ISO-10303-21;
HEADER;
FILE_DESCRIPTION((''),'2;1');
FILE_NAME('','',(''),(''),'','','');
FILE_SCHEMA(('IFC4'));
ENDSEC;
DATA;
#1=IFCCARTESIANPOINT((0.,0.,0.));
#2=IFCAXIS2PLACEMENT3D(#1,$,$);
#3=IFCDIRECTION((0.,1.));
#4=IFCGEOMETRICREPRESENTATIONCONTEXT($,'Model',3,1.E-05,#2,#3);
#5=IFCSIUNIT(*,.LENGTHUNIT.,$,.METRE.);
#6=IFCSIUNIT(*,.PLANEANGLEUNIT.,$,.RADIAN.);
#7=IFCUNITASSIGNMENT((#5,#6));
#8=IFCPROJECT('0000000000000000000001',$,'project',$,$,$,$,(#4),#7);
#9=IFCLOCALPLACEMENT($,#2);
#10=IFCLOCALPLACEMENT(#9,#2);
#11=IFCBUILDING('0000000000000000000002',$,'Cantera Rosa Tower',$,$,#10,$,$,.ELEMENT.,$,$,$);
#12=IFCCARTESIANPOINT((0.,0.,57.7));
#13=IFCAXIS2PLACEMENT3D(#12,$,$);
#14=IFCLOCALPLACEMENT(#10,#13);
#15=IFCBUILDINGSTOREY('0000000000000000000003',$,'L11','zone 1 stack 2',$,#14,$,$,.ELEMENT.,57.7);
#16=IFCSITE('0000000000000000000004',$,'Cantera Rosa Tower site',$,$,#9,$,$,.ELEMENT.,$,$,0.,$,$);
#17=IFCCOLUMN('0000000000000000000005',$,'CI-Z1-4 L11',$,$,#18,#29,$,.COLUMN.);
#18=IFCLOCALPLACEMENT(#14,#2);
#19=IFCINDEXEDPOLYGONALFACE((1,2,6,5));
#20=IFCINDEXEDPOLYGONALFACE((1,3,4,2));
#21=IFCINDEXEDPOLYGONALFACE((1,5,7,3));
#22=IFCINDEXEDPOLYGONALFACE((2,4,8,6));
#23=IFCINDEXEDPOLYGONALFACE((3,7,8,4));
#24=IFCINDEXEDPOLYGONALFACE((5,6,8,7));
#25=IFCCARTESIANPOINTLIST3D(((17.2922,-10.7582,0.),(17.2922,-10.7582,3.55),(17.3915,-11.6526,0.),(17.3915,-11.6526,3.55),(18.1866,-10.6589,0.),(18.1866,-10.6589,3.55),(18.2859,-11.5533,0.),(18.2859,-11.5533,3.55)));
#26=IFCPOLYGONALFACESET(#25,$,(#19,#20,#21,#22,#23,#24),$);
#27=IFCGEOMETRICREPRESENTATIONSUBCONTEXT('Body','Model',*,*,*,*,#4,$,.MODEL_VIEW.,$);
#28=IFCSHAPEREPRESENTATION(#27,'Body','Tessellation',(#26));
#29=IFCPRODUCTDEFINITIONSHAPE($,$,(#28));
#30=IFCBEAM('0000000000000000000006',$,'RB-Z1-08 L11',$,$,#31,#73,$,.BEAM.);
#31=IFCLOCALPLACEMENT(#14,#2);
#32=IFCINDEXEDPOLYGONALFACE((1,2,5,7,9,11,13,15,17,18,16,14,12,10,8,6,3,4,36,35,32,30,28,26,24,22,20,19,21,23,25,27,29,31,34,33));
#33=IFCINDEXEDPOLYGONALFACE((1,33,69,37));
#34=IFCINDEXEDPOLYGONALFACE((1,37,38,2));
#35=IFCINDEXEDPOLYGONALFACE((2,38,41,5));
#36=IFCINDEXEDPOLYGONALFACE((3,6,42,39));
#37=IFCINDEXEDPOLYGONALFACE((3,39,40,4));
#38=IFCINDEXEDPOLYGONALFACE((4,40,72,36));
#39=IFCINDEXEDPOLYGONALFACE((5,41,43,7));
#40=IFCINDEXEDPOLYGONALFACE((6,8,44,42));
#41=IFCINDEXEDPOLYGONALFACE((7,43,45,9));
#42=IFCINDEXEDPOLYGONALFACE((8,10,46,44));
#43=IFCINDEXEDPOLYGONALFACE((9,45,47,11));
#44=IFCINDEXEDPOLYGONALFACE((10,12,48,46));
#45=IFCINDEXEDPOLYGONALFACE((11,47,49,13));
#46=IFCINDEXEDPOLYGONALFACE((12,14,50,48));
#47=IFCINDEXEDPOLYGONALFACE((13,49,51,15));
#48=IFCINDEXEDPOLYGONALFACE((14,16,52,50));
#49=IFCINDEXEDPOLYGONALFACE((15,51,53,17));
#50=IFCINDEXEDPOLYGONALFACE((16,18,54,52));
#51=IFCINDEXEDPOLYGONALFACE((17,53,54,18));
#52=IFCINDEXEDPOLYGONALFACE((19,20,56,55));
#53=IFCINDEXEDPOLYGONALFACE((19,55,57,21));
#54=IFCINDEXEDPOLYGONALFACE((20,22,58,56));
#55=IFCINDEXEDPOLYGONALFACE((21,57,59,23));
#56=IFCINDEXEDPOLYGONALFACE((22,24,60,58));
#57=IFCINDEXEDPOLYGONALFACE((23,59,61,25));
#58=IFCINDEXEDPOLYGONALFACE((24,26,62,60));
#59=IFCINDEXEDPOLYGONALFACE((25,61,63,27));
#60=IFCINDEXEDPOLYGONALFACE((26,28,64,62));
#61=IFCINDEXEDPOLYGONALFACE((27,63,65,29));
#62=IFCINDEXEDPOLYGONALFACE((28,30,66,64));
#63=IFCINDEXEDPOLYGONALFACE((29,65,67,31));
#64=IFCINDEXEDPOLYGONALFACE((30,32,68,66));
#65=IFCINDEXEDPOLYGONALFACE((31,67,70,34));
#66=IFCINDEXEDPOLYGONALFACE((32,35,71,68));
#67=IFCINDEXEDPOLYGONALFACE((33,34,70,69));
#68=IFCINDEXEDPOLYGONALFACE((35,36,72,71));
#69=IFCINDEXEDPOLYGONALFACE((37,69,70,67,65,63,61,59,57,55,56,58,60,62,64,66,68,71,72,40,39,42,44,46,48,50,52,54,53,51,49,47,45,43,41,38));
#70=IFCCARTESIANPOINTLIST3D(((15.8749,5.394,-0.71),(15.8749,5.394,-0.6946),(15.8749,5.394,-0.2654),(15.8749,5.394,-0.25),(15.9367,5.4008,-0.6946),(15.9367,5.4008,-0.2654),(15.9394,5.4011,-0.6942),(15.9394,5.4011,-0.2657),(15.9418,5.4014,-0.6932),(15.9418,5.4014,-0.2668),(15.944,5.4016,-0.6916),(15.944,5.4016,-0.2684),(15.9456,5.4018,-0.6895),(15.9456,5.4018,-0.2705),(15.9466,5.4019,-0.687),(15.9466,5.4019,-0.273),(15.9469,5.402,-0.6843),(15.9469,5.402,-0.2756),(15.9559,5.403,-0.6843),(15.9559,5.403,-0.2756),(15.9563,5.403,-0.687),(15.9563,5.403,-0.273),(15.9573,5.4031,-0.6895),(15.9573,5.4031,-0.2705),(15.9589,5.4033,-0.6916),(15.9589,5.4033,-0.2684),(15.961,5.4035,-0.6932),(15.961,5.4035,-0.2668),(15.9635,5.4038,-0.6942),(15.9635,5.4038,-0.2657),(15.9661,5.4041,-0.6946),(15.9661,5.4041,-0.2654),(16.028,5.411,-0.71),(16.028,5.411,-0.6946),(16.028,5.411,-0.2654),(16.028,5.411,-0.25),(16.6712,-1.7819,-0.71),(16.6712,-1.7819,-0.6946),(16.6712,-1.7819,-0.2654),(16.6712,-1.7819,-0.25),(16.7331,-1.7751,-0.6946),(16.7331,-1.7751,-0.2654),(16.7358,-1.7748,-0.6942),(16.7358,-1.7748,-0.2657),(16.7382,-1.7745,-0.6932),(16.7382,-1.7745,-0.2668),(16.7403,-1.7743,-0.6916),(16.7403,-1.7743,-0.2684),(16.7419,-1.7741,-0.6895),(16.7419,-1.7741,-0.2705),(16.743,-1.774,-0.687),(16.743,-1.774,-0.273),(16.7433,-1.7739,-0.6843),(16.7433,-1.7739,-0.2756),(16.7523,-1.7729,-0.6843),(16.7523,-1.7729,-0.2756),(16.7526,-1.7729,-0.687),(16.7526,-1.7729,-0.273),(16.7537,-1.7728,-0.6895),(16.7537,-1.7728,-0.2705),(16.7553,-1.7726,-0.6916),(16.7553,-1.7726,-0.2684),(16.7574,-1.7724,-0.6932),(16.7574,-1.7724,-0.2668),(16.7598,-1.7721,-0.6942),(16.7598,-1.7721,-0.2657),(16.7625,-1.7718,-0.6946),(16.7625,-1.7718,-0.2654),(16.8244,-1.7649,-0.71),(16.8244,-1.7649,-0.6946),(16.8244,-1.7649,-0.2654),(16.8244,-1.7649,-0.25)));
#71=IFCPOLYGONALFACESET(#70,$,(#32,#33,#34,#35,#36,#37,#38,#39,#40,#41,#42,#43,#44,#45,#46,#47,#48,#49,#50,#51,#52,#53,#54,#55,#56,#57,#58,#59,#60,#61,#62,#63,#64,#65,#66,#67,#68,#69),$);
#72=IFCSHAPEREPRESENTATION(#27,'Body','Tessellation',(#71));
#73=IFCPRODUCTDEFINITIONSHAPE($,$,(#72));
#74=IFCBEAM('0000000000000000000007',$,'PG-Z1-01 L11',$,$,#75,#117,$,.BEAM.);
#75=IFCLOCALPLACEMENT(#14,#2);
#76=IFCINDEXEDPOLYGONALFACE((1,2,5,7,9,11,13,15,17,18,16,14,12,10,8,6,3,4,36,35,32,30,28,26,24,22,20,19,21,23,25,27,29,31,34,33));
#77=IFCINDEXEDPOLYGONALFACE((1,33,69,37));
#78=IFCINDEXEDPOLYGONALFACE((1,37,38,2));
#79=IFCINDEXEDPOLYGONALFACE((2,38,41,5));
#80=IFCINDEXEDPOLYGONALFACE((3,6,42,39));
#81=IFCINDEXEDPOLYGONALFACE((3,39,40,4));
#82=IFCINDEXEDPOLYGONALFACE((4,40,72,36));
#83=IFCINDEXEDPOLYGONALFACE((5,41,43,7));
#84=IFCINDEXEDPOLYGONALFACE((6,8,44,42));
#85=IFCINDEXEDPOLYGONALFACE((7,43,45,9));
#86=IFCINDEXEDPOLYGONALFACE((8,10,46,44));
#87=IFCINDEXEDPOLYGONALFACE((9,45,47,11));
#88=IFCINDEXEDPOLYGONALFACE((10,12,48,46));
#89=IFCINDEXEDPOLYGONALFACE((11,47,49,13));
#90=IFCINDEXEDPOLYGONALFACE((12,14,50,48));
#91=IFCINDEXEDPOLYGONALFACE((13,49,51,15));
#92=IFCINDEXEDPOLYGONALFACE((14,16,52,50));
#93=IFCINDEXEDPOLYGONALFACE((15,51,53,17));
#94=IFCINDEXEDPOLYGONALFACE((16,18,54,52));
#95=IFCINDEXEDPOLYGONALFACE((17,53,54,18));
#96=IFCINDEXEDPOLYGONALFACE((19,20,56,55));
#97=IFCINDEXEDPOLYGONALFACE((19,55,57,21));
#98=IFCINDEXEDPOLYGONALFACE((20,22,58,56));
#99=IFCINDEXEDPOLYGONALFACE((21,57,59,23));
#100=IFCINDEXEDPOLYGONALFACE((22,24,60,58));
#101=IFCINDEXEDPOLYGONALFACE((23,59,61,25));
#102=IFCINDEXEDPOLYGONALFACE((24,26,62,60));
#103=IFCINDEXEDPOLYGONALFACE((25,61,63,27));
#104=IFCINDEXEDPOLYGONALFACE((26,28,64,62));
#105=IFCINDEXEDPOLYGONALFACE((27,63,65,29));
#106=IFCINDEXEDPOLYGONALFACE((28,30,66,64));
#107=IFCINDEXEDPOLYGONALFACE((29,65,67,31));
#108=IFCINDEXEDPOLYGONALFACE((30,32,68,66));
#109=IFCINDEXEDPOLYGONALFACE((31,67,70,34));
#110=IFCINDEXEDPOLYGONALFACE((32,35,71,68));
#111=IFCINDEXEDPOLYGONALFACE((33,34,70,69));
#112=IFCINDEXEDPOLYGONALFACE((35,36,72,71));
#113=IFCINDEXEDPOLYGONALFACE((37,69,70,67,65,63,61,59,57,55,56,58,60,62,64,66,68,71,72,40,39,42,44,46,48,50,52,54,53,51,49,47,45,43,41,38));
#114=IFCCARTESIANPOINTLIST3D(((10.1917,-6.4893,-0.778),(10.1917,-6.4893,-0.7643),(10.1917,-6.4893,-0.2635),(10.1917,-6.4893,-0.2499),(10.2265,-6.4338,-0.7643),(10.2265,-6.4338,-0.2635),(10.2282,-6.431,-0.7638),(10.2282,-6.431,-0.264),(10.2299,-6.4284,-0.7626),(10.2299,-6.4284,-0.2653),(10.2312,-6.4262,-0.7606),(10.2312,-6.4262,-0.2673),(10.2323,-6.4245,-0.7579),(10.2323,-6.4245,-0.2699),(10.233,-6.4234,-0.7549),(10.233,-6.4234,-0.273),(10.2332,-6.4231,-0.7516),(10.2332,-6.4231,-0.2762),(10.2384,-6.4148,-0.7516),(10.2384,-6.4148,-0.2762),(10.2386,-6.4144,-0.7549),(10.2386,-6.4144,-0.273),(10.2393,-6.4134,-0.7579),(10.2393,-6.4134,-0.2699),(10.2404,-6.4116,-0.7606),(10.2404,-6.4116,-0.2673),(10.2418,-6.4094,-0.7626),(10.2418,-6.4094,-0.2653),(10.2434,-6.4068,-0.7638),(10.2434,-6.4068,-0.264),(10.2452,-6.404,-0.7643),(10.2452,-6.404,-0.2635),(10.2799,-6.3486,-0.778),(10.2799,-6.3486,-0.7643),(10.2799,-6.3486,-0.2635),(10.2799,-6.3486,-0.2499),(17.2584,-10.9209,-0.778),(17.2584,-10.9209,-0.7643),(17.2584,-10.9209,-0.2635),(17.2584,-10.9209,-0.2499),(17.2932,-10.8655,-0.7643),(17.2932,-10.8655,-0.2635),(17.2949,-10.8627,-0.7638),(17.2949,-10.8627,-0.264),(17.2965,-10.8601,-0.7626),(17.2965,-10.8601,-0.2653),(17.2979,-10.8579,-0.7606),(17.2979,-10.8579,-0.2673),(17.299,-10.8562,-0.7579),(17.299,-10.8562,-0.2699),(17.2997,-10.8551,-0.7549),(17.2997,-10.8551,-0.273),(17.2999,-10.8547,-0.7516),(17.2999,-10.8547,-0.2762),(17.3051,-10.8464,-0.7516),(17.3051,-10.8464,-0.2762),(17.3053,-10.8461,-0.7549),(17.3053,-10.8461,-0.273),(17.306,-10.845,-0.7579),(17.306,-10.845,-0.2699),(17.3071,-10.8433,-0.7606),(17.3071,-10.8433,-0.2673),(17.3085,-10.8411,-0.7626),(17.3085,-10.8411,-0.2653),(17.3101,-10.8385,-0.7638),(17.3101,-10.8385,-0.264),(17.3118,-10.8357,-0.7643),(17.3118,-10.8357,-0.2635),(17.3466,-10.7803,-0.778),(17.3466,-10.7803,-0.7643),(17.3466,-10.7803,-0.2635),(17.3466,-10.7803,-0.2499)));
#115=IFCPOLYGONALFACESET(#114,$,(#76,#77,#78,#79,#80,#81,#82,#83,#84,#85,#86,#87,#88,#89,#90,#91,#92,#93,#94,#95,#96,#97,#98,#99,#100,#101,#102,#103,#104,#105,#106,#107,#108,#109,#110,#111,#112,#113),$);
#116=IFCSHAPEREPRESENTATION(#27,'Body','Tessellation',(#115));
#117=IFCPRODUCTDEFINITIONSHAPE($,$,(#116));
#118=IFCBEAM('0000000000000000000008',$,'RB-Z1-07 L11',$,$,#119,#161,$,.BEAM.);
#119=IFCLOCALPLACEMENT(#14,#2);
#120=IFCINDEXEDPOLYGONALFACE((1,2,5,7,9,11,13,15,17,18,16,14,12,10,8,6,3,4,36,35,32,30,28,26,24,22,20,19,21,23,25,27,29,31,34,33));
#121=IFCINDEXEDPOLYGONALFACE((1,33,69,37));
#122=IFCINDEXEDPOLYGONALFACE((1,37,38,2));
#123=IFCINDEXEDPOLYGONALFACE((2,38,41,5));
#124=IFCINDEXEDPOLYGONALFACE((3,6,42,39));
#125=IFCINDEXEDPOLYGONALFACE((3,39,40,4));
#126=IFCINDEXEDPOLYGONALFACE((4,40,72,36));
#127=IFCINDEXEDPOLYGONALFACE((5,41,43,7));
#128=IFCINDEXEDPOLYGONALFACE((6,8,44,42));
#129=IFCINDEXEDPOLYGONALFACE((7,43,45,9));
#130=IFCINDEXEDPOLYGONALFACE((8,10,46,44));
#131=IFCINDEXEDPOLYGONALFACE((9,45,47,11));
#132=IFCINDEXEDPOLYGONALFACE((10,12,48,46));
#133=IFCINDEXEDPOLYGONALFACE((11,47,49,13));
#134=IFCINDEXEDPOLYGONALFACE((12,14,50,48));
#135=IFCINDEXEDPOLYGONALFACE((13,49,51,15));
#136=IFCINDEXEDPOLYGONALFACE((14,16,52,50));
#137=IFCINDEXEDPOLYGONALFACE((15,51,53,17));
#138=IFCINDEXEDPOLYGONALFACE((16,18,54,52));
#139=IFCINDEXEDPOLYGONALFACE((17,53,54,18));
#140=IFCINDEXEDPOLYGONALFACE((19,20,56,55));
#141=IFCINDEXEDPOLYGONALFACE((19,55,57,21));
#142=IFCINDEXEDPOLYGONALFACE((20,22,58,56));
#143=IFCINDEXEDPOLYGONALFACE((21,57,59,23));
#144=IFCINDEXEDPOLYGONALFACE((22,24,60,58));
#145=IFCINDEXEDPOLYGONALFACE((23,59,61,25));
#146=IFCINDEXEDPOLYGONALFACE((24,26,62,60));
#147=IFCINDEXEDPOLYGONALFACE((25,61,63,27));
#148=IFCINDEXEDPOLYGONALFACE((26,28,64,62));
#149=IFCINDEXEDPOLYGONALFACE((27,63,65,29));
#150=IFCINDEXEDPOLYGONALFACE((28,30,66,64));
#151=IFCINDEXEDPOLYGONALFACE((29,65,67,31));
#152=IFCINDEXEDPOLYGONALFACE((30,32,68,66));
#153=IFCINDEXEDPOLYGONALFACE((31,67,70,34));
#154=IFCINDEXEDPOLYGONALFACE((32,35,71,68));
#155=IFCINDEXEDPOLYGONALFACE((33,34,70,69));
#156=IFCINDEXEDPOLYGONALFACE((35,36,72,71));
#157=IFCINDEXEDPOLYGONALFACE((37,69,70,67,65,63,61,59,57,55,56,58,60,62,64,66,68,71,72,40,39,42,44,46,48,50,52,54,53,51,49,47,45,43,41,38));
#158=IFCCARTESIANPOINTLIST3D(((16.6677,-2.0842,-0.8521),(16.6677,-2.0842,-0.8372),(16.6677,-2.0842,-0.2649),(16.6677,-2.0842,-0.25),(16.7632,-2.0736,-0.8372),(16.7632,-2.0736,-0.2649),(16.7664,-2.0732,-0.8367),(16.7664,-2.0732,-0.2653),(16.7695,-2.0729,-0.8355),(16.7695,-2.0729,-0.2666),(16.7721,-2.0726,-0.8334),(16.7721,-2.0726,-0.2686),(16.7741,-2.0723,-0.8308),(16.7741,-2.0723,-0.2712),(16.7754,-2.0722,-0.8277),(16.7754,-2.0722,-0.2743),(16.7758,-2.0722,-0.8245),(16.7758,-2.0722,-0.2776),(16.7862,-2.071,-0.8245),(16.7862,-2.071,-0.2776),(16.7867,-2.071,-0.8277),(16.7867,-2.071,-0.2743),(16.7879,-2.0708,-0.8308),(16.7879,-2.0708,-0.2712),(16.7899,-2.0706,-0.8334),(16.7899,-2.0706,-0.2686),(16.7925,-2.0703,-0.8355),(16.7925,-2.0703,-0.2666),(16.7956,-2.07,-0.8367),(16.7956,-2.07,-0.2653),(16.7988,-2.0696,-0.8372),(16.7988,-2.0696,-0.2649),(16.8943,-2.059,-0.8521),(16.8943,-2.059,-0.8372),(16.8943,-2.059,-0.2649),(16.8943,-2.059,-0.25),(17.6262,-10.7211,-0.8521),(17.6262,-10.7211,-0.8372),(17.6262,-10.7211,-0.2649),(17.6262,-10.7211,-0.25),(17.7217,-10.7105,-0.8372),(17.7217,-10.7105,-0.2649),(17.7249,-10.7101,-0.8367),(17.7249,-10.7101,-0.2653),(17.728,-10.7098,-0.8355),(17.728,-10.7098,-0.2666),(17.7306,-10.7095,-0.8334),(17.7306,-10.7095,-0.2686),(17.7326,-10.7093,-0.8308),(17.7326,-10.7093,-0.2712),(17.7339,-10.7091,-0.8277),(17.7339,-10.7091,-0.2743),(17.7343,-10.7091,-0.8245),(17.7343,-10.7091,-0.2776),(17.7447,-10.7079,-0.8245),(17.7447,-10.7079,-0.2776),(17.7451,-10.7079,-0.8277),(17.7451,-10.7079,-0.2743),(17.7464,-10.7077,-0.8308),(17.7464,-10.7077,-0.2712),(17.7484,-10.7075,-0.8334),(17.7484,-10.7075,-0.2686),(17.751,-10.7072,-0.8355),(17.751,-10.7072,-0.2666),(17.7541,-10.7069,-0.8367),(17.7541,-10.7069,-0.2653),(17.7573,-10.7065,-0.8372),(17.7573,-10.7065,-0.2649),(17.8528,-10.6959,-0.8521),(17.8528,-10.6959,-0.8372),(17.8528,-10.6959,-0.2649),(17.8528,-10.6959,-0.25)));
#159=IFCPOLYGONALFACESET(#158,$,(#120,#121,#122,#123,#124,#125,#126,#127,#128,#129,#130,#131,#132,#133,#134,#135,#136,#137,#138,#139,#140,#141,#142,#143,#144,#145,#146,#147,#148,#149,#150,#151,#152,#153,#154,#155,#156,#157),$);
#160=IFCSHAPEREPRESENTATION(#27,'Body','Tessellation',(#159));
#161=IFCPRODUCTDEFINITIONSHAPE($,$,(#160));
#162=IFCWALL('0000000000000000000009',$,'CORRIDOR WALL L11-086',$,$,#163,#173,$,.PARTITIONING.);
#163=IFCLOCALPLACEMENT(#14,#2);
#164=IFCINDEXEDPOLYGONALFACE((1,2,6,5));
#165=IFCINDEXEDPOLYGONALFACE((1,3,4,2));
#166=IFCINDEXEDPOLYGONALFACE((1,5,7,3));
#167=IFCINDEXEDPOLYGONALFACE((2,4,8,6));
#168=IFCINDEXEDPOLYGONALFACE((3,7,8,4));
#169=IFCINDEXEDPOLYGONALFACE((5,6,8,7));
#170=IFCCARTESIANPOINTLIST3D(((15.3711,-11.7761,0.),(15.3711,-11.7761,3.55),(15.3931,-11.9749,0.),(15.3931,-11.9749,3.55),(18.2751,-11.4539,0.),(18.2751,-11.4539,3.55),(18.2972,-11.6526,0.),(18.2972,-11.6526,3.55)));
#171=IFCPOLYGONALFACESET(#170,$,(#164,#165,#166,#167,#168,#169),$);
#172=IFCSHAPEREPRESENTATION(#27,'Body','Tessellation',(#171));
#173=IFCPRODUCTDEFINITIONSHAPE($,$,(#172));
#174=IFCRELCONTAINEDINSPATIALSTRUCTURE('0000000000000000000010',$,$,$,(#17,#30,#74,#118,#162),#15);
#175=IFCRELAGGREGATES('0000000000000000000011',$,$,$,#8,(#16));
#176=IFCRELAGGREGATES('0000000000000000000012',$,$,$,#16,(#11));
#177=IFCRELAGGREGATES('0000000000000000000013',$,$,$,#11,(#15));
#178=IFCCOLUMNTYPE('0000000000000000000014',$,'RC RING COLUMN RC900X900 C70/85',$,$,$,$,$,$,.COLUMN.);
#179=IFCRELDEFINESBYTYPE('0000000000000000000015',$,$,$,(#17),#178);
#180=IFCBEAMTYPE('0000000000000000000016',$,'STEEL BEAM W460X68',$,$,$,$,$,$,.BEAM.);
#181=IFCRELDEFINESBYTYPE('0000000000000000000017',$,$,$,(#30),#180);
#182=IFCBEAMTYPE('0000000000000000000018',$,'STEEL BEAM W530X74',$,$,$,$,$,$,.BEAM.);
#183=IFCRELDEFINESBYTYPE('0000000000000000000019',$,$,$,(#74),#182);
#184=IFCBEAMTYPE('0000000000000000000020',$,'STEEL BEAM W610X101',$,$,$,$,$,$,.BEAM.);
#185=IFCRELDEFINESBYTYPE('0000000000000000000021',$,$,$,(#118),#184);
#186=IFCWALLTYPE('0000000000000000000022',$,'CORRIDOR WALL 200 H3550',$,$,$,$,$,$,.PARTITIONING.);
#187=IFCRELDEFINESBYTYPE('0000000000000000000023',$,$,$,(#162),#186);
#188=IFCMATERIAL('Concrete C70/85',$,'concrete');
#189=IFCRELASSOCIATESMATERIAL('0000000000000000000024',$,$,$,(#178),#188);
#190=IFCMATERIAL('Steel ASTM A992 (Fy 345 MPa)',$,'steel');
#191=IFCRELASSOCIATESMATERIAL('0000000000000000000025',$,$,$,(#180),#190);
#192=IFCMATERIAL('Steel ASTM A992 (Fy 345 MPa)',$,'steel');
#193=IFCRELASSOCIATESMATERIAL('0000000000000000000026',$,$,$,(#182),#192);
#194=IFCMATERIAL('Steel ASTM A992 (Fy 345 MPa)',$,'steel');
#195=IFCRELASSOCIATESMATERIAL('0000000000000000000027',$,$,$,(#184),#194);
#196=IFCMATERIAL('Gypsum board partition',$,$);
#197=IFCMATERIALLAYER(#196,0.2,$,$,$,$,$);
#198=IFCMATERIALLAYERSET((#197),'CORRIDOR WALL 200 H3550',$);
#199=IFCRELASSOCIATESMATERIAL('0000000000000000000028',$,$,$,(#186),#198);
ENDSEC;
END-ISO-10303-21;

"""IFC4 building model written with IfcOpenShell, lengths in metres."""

from ifc_helpers import new_model, si_unit, direction, frame, frame_2d, origin, origin_2d, place, context, subcontext, project, spatial, rectangle, i_section, extrude, material, layer, layer_set, material_profile, profile_set, type_object, element, save


model = new_model("IFC4")

# Units and contexts
model_context = context("Model", 3, precision=1e-05, world=origin(), true_north=direction((0.0, 1.0)))
body_context = subcontext(model_context, "Body", "Model", "MODEL_VIEW")
ifc_project = project(units=[si_unit("LENGTHUNIT", "METRE"), si_unit("PLANEANGLEUNIT", "RADIAN")], contexts=[model_context])

# Site, building, storey
site_placement = place(None, origin())
site = spatial("IfcSite", under=ifc_project, at=site_placement, Name="Cantera Rosa Tower site", CompositionType="ELEMENT", RefElevation=0.0)
building_placement = place(site_placement, origin())
building = spatial("IfcBuilding", under=site, at=building_placement, Name="Cantera Rosa Tower", CompositionType="ELEMENT")
storey_placement = place(building_placement, frame((0.0, 0.0, 57.7)))
storey = spatial("IfcBuildingStorey", under=building, at=storey_placement, Name="L11", Description="zone 1 stack 2", CompositionType="ELEMENT", Elevation=57.7)

# Column
ifc_material_1 = material(Name="Concrete C70/85", Category="concrete")
ifc_material_profile_1 = material_profile(ifc_material_1, rectangle(XDim=0.8999, YDim=0.8999, at=origin_2d()), Name="RC RING COLUMN RC900X900 C70/85")
ifc_profile_set_1 = profile_set([ifc_material_profile_1], Name="Concrete C70/85")
column_type = type_object("IfcColumnType", Name="RC RING COLUMN RC900X900 C70/85", PredefinedType="COLUMN", material=ifc_profile_set_1)
column_placement = place(storey_placement, frame((17.7891, -11.1558, 0.0), z_axis=(0.0, 0.0, 1.0), x_axis=(0.993897, 0.110313, 0.0)))
element("IfcColumn", 1, at=column_placement, inside=storey, type_object=column_type, Name="CI-Z1-4 L11", PredefinedType="COLUMN", context=body_context, shape_type="SweptSolid", body=[
    extrude(rectangle(XDim=0.8999, YDim=0.8999, at=origin_2d()), origin(), (0.0, 0.0, 1.0), 3.55),
])

# Beams
ifc_material_2 = material(Name="Steel ASTM A992 (Fy 345 MPa)", Category="steel")
ifc_material_profile_2 = material_profile(ifc_material_2, i_section(OverallWidth=0.1541, OverallDepth=0.46, WebThickness=0.009, FlangeThickness=0.0154, FilletRadius=0.0103, at=origin_2d()), Name="W460X68")
ifc_profile_set_2 = profile_set([ifc_material_profile_2], Name="Steel ASTM A992 (Fy 345 MPa)")
beam_type_1 = type_object("IfcBeamType", Name="STEEL BEAM W460X68", PredefinedType="BEAM", material=ifc_profile_set_2)
beam_1_placement = place(storey_placement, frame((16.7478, -1.7734, -0.48), z_axis=(-0.110302, 0.993898, 0.0), x_axis=(-0.993898, -0.110302, 0.0)))
element("IfcBeam", 2, at=beam_1_placement, inside=storey, type_object=beam_type_1, Name="RB-Z1-08 L11", PredefinedType="BEAM", context=body_context, shape_type="SweptSolid", body=[
    extrude(i_section(OverallWidth=0.1541, OverallDepth=0.46, WebThickness=0.009, FlangeThickness=0.0154, FilletRadius=0.0103, at=origin_2d()), origin(), (0.0, 0.0, 1.0), 7.22),
])
ifc_material_3 = material(Name="Steel ASTM A992 (Fy 345 MPa)", Category="steel")
ifc_material_profile_3 = material_profile(ifc_material_3, i_section(OverallWidth=0.166, OverallDepth=0.5281, WebThickness=0.0098, FlangeThickness=0.0137, FilletRadius=0.0127, at=origin_2d()), Name="W530X74")
ifc_profile_set_3 = profile_set([ifc_material_profile_3], Name="Steel ASTM A992 (Fy 345 MPa)")
beam_type_2 = type_object("IfcBeamType", Name="STEEL BEAM W530X74", PredefinedType="BEAM", material=ifc_profile_set_3)
beam_2_placement = place(storey_placement, frame((17.3025, -10.8506, -0.5139), z_axis=(-0.84719, 0.53129, 0.0), x_axis=(-0.53129, -0.84719, 0.0)))
element("IfcBeam", 3, at=beam_2_placement, inside=storey, type_object=beam_type_2, Name="PG-Z1-01 L11", PredefinedType="BEAM", context=body_context, shape_type="SweptSolid", body=[
    extrude(i_section(OverallWidth=0.166, OverallDepth=0.5281, WebThickness=0.0098, FlangeThickness=0.0137, FilletRadius=0.0127, at=origin_2d()), origin(), (0.0, 0.0, 1.0), 8.3413),
])
ifc_material_4 = material(Name="Steel ASTM A992 (Fy 345 MPa)", Category="steel")
ifc_material_profile_4 = material_profile(ifc_material_4, i_section(OverallWidth=0.228, OverallDepth=0.6021, WebThickness=0.0105, FlangeThickness=0.0149, FilletRadius=0.0127, at=origin_2d()), Name="W610X101")
ifc_profile_set_4 = profile_set([ifc_material_profile_4], Name="Steel ASTM A992 (Fy 345 MPa)")
beam_type_3 = type_object("IfcBeamType", Name="STEEL BEAM W610X101", PredefinedType="BEAM", material=ifc_profile_set_4)
beam_3_placement = place(storey_placement, frame((17.7395, -10.7085, -0.551), z_axis=(-0.110299, 0.993898, 0.0), x_axis=(-0.993898, -0.110299, 0.0)))
element("IfcBeam", 4, at=beam_3_placement, inside=storey, type_object=beam_type_3, Name="RB-Z1-07 L11", PredefinedType="BEAM", context=body_context, shape_type="SweptSolid", body=[
    extrude(i_section(OverallWidth=0.228, OverallDepth=0.6021, WebThickness=0.0105, FlangeThickness=0.0149, FilletRadius=0.0127, at=origin_2d()), origin(), (0.0, 0.0, 1.0), 8.6899),
])

# Wall
ifc_material_5 = material(Name="Gypsum board partition")
ifc_layer_1 = layer(ifc_material_5, 0.2)
ifc_layer_set_1 = layer_set([ifc_layer_1], Name="CORRIDOR WALL 200 H3550")
wall_type_1 = type_object("IfcWallType", Name="CORRIDOR WALL 200 H3550", PredefinedType="PARTITIONING", material=ifc_layer_set_1)
wall_1_placement = place(storey_placement, frame((15.3821, -11.8755, 0.0), z_axis=(0.0, 0.0, 1.0), x_axis=(0.993899, 0.110294, 0.0)))
element("IfcWall", 5, at=wall_1_placement, inside=storey, type_object=wall_type_1, Name="CORRIDOR WALL L11-086", PredefinedType="PARTITIONING", context=body_context, shape_type="SweptSolid", body=[
    extrude(rectangle(XDim=2.9219, YDim=0.2, at=frame_2d((1.4609, 0.0))), origin(), (0.0, 0.0, 1.0), 3.55),
])

save(model, "model.ifc")
